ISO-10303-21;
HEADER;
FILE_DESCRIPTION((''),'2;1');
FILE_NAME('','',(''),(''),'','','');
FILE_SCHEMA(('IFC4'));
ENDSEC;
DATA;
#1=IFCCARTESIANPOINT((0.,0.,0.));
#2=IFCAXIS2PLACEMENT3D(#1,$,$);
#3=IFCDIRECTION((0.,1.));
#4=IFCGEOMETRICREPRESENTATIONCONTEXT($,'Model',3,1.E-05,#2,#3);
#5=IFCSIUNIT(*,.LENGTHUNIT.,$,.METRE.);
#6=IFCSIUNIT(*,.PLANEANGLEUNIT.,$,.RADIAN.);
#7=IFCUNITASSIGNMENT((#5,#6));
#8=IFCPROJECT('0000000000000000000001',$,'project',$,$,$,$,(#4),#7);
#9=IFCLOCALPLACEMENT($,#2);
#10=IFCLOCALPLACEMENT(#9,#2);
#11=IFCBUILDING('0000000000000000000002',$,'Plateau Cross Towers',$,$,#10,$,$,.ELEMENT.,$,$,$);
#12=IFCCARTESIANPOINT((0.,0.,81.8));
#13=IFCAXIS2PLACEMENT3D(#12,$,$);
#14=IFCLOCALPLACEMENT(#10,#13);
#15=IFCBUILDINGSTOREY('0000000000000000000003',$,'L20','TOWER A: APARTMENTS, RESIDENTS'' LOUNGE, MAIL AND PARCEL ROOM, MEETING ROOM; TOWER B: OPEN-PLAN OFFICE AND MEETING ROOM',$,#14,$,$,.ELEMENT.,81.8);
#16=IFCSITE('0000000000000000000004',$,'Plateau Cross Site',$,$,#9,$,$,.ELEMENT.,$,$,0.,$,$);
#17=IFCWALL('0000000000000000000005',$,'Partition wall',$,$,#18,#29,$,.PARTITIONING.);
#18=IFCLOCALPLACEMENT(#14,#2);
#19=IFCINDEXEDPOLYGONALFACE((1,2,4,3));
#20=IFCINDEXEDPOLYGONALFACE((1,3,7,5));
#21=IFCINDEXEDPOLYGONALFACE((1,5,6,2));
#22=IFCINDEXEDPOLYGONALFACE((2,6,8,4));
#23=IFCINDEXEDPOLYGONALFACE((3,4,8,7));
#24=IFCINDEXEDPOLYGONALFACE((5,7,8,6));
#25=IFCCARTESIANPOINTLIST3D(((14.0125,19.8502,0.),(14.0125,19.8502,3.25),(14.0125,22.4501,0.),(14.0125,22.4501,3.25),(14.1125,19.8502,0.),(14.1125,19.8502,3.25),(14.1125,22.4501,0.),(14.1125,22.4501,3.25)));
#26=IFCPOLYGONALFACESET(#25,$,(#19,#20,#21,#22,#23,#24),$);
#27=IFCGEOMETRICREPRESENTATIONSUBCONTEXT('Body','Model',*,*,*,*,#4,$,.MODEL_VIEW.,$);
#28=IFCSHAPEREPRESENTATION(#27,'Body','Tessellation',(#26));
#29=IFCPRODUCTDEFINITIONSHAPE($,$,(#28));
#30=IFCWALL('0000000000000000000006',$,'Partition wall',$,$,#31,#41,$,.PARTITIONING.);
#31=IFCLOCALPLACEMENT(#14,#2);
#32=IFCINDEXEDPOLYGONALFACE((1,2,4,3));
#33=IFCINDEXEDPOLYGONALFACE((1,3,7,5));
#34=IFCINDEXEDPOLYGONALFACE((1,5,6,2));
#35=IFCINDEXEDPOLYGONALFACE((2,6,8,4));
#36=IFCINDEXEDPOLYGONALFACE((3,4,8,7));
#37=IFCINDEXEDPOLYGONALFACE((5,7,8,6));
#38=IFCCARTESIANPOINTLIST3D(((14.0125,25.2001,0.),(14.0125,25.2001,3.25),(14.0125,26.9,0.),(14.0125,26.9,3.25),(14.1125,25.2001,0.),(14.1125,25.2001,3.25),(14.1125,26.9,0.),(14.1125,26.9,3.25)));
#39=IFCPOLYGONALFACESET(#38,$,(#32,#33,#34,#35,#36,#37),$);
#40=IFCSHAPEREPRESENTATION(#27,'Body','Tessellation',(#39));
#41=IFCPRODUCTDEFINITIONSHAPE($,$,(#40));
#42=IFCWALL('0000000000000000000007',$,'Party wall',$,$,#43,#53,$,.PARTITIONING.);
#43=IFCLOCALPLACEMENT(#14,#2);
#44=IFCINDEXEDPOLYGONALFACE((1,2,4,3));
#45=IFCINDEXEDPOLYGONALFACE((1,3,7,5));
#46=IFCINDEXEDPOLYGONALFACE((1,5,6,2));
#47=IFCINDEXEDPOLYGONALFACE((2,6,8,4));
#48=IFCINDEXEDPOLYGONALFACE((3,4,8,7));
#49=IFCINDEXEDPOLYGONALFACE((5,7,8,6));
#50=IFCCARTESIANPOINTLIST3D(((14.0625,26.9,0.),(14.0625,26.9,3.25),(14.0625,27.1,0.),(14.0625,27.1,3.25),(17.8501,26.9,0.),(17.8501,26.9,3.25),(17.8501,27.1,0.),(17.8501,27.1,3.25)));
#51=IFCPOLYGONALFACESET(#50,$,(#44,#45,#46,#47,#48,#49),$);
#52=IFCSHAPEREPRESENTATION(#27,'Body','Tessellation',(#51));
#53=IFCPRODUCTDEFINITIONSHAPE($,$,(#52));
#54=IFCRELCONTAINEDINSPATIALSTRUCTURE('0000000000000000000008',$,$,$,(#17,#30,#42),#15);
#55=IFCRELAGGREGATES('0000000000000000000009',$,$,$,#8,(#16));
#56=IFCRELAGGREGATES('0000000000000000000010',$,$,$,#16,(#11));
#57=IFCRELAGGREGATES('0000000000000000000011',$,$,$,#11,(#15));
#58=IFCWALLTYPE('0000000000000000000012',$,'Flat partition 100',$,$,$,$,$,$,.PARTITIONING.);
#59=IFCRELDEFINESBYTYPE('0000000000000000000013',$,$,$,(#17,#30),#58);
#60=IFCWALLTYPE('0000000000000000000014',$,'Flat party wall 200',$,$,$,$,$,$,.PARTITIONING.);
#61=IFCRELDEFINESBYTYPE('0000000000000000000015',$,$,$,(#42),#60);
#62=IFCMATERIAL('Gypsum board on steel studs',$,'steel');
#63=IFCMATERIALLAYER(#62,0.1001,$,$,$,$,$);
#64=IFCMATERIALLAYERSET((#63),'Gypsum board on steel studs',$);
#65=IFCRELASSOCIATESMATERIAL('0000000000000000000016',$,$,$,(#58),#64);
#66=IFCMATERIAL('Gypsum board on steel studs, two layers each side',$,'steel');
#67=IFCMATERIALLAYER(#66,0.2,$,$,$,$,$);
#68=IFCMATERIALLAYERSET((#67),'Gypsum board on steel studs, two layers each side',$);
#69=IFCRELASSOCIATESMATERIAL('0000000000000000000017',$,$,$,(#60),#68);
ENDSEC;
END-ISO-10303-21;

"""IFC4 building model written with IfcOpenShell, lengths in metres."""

from ifc_helpers import new_model, si_unit, direction, frame, frame_2d, origin, place, context, subcontext, project, spatial, rectangle, extrude, material, layer, layer_set, type_object, element, save


model = new_model("IFC4")

# Units and contexts
model_context = context("Model", 3, precision=1e-05, world=origin(), true_north=direction((0.0, 1.0)))
body_context = subcontext(model_context, "Body", "Model", "MODEL_VIEW")
ifc_project = project(units=[si_unit("LENGTHUNIT", "METRE"), si_unit("PLANEANGLEUNIT", "RADIAN")], contexts=[model_context])

# Site, building, storey
site_placement = place(None, origin())
site = spatial("IfcSite", under=ifc_project, at=site_placement, Name="Plateau Cross Site", CompositionType="ELEMENT", RefElevation=0.0)
building_placement = place(site_placement, origin())
building = spatial("IfcBuilding", under=site, at=building_placement, Name="Plateau Cross Towers", CompositionType="ELEMENT")
storey_placement = place(building_placement, frame((0.0, 0.0, 81.8)))
storey = spatial("IfcBuildingStorey", under=building, at=storey_placement, Name="L20", Description="TOWER A: APARTMENTS, RESIDENTS' LOUNGE, MAIL AND PARCEL ROOM, MEETING ROOM; TOWER B: OPEN-PLAN OFFICE AND MEETING ROOM", CompositionType="ELEMENT", Elevation=81.8)

# Shared definitions
ifc_material_1 = material(Name="Gypsum board on steel studs", Category="steel")
ifc_layer_1 = layer(ifc_material_1, 0.1001)
ifc_layer_set_1 = layer_set([ifc_layer_1], Name="Gypsum board on steel studs")
wall_type_1 = type_object("IfcWallType", Name="Flat partition 100", PredefinedType="PARTITIONING", material=ifc_layer_set_1)

# Walls
wall_1_placement = place(storey_placement, frame((14.0625, 22.45, 0.0), z_axis=(0.0, 0.0, 1.0), x_axis=(0.0, -1.0, 0.0)))
element("IfcWall", 1, at=wall_1_placement, inside=storey, type_object=wall_type_1, Name="Partition wall", PredefinedType="PARTITIONING", context=body_context, shape_type="SweptSolid", body=[
    extrude(rectangle(XDim=2.5999, YDim=0.1001, at=frame_2d((1.2998, 0.0))), origin(), (0.0, 0.0, 1.0), 3.25),
])
wall_2_placement = place(storey_placement, frame((14.0625, 25.2, 0.0), z_axis=(0.0, 0.0, 1.0), x_axis=(0.0, 1.0, 0.0)))
element("IfcWall", 2, at=wall_2_placement, inside=storey, type_object=wall_type_1, Name="Partition wall", PredefinedType="PARTITIONING", context=body_context, shape_type="SweptSolid", body=[
    extrude(rectangle(XDim=1.7, YDim=0.1001, at=frame_2d((0.8501, 0.0))), origin(), (0.0, 0.0, 1.0), 3.25),
])
ifc_material_2 = material(Name="Gypsum board on steel studs, two layers each side", Category="steel")
ifc_layer_2 = layer(ifc_material_2, 0.2)
ifc_layer_set_2 = layer_set([ifc_layer_2], Name="Gypsum board on steel studs, two layers each side")
wall_type_2 = type_object("IfcWallType", Name="Flat party wall 200", PredefinedType="PARTITIONING", material=ifc_layer_set_2)
wall_3_placement = place(storey_placement, frame((14.0625, 27.0, 0.0), z_axis=(0.0, 0.0, 1.0), x_axis=(1.0, 0.0, 0.0)))
element("IfcWall", 3, at=wall_3_placement, inside=storey, type_object=wall_type_2, Name="Party wall", PredefinedType="PARTITIONING", context=body_context, shape_type="SweptSolid", body=[
    extrude(rectangle(XDim=3.7876, YDim=0.2, at=frame_2d((1.8938, 0.0))), origin(), (0.0, 0.0, 1.0), 3.25),
])

save(model, "model.ifc")
